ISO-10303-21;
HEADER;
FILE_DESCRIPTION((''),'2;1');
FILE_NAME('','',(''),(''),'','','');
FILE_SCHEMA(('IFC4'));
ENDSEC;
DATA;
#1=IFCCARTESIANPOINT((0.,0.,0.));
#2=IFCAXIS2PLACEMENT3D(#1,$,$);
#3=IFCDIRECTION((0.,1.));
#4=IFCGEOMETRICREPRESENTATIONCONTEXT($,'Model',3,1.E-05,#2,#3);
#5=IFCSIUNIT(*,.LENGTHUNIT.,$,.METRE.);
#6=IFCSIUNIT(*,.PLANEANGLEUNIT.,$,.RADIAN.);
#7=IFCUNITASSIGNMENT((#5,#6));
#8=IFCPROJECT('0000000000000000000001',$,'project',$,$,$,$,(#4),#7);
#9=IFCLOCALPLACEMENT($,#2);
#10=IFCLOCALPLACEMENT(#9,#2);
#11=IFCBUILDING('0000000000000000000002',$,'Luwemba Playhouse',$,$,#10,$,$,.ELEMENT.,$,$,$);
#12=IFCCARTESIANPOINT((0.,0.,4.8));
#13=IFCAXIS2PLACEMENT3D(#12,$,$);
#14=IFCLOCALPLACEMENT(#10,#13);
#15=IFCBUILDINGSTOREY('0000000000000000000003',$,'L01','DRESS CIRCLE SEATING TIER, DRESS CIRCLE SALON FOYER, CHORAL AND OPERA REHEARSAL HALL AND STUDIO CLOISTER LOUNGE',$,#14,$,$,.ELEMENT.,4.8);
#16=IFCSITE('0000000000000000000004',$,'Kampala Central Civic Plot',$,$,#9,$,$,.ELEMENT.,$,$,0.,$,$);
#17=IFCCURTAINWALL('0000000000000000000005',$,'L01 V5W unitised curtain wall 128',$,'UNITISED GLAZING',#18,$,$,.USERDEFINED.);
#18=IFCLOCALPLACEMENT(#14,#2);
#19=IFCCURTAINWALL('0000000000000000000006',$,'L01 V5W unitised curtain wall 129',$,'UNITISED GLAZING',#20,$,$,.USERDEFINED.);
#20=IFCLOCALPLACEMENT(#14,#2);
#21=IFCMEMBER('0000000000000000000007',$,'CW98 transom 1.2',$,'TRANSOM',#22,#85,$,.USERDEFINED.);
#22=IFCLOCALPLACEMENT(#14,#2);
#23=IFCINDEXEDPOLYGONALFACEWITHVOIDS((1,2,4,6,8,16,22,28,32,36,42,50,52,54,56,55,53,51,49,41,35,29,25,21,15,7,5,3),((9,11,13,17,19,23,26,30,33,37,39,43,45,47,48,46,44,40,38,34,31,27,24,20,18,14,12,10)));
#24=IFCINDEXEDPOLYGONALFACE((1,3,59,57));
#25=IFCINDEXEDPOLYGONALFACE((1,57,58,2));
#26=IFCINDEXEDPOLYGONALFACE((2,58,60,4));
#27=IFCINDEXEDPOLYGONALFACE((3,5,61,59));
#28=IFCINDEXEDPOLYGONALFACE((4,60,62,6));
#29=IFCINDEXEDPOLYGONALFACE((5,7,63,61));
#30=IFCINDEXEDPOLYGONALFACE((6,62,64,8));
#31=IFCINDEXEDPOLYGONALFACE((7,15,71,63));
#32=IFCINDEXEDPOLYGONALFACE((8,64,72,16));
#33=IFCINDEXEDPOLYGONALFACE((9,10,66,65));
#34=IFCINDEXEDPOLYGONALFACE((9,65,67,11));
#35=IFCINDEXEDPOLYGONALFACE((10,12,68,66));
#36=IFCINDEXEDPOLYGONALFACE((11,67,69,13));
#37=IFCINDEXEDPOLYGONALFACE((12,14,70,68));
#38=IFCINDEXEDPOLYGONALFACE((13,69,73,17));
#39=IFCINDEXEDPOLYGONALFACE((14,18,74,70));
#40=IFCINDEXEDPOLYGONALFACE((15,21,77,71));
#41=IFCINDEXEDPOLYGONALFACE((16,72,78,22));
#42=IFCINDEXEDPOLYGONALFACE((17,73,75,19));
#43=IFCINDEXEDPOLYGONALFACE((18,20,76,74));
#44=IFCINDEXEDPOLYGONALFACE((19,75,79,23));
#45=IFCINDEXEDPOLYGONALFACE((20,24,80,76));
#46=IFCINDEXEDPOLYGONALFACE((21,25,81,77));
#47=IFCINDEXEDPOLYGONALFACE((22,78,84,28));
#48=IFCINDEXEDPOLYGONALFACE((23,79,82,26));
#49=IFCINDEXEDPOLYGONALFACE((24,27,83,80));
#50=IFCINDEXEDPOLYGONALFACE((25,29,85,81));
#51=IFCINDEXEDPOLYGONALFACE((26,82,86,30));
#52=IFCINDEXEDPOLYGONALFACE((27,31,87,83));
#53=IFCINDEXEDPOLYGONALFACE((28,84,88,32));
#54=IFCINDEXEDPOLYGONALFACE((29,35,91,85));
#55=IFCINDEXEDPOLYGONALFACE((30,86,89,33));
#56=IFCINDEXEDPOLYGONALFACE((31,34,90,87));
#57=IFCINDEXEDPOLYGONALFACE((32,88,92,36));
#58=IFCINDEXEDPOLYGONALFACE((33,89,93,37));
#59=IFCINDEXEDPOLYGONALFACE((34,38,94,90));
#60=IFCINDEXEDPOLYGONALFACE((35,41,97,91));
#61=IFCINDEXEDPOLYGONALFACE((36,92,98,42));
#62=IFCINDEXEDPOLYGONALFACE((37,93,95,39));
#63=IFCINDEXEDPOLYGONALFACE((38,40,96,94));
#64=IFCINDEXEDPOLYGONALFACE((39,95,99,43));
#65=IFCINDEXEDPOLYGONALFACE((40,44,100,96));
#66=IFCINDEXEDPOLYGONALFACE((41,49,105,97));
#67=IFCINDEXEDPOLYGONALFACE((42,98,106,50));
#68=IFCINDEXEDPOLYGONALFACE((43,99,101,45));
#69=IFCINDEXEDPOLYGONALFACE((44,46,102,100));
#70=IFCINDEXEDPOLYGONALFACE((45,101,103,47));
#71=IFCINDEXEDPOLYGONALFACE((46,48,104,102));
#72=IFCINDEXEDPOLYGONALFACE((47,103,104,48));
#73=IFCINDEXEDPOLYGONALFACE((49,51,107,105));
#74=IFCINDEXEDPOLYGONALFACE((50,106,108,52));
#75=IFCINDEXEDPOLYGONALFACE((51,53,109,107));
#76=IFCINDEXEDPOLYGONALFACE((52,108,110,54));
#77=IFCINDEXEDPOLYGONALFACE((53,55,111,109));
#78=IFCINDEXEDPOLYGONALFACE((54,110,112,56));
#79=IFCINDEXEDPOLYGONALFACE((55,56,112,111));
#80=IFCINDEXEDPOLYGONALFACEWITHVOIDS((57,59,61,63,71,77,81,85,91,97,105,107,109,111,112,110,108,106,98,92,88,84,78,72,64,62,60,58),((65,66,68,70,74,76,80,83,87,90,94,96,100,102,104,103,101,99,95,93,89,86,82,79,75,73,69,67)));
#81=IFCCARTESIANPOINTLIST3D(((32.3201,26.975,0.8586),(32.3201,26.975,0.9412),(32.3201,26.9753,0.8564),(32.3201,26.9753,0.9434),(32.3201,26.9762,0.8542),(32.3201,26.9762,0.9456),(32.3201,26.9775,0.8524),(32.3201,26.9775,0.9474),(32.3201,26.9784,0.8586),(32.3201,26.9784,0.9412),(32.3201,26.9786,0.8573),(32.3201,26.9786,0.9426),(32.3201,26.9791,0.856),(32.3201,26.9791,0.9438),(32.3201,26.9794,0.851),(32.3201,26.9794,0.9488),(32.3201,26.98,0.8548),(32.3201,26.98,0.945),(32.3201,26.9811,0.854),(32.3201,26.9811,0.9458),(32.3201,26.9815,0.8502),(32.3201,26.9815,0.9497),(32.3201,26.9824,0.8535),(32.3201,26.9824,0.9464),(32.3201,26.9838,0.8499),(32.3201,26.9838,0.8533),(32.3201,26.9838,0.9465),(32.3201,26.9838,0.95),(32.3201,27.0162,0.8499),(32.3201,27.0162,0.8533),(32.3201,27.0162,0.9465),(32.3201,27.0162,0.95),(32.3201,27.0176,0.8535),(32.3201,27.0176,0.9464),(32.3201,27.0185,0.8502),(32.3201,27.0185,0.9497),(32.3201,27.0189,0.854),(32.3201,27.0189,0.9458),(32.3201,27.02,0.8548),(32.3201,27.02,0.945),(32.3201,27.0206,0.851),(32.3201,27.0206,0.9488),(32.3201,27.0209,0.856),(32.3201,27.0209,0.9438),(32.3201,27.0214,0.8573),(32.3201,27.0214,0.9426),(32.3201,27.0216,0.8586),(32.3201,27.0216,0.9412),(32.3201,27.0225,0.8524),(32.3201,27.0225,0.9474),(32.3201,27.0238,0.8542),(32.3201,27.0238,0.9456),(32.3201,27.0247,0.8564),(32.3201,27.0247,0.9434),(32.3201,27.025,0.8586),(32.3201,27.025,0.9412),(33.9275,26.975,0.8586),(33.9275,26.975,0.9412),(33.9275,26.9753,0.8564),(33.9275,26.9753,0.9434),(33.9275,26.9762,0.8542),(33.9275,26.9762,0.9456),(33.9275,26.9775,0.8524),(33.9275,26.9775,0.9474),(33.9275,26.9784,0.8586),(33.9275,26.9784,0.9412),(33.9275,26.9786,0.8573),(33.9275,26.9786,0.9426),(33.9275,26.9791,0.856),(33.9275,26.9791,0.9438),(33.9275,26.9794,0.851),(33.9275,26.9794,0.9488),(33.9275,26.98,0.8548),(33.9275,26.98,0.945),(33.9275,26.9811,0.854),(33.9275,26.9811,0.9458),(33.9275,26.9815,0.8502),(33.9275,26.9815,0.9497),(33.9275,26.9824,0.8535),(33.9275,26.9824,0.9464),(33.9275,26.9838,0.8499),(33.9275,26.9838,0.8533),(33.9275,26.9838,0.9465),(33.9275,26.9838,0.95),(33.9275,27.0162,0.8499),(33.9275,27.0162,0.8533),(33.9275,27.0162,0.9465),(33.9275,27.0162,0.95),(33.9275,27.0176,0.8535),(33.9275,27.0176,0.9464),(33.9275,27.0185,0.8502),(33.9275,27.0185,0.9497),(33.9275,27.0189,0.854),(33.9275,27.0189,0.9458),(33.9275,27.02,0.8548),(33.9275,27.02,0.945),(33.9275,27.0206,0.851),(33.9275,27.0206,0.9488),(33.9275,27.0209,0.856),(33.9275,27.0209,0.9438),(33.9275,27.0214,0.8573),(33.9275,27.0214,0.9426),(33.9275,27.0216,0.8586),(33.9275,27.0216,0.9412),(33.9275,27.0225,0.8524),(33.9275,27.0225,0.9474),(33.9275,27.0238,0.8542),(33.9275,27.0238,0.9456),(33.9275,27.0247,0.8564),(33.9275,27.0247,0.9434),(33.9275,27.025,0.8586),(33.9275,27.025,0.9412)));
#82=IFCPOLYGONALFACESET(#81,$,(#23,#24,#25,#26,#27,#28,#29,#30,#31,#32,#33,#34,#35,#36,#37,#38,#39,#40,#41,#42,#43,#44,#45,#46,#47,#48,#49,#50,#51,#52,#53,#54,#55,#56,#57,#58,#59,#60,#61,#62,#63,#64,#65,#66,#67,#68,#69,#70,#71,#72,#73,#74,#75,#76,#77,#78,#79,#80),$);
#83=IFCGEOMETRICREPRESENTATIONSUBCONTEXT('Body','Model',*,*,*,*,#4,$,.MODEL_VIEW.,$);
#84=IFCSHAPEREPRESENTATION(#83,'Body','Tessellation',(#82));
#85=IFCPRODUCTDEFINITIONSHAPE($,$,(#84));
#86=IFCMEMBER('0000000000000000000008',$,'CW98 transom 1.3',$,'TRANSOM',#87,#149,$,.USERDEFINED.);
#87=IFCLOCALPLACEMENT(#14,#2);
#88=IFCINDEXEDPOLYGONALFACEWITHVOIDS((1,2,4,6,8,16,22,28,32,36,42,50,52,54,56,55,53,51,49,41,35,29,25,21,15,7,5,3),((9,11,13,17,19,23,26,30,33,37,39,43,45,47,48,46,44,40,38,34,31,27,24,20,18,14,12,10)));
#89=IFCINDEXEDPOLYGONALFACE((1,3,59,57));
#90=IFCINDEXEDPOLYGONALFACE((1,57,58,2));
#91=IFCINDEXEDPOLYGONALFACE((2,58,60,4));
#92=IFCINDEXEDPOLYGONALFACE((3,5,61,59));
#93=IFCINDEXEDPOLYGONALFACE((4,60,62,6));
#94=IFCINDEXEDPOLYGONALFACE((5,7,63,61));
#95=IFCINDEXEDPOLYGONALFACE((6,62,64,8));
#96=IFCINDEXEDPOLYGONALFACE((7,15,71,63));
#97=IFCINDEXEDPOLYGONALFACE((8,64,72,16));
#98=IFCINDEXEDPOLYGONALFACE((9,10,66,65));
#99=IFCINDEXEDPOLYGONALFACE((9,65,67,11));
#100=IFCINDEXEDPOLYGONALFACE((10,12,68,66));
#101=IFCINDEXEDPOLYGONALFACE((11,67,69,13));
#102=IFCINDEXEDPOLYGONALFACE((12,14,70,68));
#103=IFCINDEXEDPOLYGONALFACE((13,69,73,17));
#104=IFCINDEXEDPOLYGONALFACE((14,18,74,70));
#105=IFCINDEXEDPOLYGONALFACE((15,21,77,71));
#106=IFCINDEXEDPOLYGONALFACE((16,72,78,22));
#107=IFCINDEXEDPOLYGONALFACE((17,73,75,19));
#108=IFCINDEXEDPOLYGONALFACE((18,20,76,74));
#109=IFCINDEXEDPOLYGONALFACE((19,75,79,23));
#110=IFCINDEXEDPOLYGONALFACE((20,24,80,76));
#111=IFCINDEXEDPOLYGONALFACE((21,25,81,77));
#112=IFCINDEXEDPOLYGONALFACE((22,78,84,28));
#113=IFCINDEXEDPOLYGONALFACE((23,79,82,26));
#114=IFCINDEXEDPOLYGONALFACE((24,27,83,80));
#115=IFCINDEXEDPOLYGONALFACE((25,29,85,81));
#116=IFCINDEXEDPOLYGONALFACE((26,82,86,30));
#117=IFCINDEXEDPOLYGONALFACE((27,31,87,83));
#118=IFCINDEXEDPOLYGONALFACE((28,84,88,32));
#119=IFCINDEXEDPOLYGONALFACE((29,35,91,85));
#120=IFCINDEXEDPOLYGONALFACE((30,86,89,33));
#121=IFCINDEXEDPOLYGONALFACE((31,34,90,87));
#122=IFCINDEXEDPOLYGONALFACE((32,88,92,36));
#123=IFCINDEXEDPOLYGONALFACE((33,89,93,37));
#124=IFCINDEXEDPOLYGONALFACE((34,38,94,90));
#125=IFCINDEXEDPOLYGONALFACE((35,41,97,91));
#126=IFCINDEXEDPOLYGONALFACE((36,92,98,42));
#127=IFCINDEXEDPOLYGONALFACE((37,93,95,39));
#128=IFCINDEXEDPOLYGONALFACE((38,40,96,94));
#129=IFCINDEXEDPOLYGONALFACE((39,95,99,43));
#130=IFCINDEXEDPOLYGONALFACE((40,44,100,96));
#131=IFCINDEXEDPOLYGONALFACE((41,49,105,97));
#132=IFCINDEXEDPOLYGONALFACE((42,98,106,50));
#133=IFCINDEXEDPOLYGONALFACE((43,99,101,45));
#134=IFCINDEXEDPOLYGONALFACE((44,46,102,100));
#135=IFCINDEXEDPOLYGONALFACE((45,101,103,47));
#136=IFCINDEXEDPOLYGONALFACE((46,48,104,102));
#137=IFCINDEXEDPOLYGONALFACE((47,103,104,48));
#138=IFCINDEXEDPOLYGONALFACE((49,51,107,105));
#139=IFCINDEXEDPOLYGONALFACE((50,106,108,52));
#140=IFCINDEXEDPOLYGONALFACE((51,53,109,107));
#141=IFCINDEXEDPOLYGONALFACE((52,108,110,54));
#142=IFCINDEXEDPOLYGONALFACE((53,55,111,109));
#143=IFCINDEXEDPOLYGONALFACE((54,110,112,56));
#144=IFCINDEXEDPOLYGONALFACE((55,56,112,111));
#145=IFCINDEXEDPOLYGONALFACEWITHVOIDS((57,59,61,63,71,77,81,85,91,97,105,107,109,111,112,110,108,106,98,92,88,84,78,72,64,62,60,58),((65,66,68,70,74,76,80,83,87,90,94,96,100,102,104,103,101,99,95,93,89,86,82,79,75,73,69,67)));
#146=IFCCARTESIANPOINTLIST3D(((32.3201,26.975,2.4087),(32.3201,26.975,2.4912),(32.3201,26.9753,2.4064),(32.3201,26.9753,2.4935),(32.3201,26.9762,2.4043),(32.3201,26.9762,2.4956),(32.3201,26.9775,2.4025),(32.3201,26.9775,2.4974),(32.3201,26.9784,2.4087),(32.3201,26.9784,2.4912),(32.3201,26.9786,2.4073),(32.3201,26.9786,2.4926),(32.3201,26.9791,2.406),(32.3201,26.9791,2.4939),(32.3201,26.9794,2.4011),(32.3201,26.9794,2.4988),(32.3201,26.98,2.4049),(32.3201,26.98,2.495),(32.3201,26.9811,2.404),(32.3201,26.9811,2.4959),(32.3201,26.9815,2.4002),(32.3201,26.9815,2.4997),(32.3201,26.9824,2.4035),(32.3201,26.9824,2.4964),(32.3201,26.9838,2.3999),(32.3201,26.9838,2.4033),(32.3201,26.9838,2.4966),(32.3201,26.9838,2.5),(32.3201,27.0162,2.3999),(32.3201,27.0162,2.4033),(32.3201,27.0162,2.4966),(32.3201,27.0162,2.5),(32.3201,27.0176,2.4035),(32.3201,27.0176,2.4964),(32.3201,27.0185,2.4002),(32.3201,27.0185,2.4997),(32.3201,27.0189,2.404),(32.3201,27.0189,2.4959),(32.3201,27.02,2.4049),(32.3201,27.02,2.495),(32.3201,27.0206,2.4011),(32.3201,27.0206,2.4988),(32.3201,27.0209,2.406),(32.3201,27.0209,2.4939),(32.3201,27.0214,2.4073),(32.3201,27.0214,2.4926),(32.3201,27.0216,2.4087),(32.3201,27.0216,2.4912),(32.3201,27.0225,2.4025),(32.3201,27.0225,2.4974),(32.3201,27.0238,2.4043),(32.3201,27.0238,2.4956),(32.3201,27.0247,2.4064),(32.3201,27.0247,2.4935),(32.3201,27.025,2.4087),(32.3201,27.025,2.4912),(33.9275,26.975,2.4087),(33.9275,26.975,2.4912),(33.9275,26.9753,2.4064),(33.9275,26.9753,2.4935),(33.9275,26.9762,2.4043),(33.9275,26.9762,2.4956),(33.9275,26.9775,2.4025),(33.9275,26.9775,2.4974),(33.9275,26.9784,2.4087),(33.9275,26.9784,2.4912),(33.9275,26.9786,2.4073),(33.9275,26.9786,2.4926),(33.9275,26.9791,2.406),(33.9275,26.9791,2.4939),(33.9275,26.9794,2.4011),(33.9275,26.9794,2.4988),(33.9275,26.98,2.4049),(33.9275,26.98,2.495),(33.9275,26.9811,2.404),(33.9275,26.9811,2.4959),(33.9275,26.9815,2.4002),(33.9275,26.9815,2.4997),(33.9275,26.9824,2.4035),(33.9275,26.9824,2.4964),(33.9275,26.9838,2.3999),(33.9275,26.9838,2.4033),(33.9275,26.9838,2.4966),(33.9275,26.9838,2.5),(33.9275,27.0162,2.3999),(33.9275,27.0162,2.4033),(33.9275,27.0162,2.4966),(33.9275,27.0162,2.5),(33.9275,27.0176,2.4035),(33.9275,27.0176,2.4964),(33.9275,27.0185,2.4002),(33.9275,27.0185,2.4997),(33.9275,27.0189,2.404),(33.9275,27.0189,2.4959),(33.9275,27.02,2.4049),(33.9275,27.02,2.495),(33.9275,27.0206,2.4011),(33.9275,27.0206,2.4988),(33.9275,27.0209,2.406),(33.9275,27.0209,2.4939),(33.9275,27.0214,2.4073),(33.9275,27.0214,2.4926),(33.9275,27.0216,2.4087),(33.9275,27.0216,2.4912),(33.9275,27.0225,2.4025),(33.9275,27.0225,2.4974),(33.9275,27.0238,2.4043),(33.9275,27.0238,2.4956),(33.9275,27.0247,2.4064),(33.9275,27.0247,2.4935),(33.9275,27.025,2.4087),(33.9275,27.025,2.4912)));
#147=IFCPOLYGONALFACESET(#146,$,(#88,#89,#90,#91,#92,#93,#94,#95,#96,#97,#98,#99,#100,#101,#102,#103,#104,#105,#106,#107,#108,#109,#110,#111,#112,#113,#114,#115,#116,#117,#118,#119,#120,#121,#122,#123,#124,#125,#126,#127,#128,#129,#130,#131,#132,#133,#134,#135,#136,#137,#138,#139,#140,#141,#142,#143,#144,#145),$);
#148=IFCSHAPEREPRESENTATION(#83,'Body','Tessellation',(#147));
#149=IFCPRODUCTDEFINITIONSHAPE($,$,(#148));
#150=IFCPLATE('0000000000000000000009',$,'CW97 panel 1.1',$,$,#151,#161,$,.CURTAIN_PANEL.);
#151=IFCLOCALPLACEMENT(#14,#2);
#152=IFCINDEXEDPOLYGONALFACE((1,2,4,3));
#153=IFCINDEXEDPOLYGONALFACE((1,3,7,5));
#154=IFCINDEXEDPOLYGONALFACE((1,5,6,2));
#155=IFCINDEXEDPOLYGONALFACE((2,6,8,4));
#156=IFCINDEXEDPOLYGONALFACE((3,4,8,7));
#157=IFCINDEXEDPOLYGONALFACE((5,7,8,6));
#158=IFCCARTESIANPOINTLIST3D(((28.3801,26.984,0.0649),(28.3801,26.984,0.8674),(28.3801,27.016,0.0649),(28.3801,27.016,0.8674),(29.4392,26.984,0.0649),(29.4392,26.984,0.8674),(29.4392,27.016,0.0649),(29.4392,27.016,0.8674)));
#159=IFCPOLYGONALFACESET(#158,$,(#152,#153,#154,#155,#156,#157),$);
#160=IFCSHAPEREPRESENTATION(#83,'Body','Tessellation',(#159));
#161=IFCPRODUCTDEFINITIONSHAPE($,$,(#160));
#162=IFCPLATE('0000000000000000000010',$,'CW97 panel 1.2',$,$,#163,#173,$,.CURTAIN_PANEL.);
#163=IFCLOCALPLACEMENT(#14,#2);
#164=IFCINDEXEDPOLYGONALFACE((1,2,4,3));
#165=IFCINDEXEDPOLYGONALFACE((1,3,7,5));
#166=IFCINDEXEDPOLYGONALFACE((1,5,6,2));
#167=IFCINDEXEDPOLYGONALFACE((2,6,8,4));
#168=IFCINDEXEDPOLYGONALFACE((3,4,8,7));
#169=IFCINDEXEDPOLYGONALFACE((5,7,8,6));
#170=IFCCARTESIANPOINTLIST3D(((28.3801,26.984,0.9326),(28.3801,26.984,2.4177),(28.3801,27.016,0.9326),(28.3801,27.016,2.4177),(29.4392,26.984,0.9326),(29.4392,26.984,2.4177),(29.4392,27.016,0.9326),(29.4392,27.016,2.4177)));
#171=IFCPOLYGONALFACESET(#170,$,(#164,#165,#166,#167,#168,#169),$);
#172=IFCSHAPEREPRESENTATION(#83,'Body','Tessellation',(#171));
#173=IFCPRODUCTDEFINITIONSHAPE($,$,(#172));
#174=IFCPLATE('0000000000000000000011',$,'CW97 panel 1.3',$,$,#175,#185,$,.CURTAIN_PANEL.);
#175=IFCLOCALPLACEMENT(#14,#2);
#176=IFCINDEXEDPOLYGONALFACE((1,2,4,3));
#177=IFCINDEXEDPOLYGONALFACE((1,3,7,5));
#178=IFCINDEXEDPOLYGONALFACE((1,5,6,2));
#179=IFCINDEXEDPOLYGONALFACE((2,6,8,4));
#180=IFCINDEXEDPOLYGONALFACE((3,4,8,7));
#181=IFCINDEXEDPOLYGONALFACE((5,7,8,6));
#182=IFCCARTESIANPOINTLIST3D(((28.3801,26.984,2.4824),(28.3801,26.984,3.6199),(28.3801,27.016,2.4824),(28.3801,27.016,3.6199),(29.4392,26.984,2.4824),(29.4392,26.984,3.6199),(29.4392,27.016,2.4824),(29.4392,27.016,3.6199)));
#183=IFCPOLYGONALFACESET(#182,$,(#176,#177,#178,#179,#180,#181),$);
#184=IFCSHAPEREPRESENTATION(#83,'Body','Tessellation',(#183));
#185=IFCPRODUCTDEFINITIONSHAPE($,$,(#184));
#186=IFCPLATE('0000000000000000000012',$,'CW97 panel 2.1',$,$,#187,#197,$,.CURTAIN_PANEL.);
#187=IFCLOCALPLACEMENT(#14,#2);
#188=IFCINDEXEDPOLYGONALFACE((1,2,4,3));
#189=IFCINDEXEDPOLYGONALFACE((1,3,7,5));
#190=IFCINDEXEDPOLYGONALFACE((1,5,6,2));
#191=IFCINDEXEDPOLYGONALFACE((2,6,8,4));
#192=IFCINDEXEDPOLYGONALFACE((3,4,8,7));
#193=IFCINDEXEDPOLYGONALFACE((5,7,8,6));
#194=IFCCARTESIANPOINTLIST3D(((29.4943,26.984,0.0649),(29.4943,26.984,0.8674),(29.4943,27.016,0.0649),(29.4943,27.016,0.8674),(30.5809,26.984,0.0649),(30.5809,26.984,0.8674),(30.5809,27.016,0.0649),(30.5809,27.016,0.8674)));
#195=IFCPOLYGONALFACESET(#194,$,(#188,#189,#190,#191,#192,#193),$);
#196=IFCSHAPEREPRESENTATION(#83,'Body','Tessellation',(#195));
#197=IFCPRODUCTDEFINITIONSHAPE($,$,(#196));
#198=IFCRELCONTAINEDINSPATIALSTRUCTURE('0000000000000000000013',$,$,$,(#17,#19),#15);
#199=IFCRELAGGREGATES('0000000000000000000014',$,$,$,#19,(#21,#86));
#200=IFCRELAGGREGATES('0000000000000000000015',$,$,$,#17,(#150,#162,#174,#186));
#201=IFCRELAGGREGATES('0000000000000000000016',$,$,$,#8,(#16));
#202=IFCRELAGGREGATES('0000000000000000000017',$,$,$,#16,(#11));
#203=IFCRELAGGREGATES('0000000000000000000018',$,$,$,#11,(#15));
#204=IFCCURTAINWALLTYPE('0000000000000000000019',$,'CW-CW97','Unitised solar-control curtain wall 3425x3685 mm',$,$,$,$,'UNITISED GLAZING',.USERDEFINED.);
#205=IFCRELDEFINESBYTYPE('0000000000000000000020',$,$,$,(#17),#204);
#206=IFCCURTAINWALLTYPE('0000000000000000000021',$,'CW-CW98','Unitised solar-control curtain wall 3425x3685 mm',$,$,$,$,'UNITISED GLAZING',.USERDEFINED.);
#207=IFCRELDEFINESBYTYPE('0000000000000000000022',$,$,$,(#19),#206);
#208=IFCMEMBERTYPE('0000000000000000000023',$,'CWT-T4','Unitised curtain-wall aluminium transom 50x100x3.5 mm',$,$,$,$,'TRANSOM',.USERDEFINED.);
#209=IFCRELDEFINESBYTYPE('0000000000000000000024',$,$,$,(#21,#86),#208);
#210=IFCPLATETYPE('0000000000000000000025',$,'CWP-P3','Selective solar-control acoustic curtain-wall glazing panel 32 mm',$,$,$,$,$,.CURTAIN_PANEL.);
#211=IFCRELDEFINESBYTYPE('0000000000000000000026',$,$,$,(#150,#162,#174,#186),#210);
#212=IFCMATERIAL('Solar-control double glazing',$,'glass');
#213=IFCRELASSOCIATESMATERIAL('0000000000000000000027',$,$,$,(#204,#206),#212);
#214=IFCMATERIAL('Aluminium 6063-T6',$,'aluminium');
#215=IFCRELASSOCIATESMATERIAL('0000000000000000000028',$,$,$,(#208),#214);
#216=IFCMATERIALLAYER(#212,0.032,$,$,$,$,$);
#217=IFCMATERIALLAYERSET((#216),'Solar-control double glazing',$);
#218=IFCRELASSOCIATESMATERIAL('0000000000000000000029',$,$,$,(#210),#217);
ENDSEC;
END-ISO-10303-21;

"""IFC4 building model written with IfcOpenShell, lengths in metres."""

from ifc_helpers import new_model, si_unit, direction, frame, origin, origin_2d, place, context, subcontext, project, spatial, rectangle, hollow_rectangle, extrude, material, layer, layer_set, material_profile, profile_set, type_object, element, aggregate, save


model = new_model("IFC4")

# Units and contexts
model_context = context("Model", 3, precision=1e-05, world=origin(), true_north=direction((0.0, 1.0)))
body_context = subcontext(model_context, "Body", "Model", "MODEL_VIEW")
ifc_project = project(units=[si_unit("LENGTHUNIT", "METRE"), si_unit("PLANEANGLEUNIT", "RADIAN")], contexts=[model_context])

# Site, building, storey
site_placement = place(None, origin())
site = spatial("IfcSite", under=ifc_project, at=site_placement, Name="Kampala Central Civic Plot", CompositionType="ELEMENT", RefElevation=0.0)
building_placement = place(site_placement, origin())
building = spatial("IfcBuilding", under=site, at=building_placement, Name="Luwemba Playhouse", CompositionType="ELEMENT")
storey_placement = place(building_placement, frame((0.0, 0.0, 4.8)))
storey = spatial("IfcBuildingStorey", under=building, at=storey_placement, Name="L01", Description="DRESS CIRCLE SEATING TIER, DRESS CIRCLE SALON FOYER, CHORAL AND OPERA REHEARSAL HALL AND STUDIO CLOISTER LOUNGE", CompositionType="ELEMENT", Elevation=4.8)

# Curtain wall
ifc_material_1 = material(Name="Solar-control double glazing", Category="glass")
curtain_wall_type_1 = type_object("IfcCurtainWallType", Name="CW-CW97", Description="Unitised solar-control curtain wall 3425x3685 mm", ElementType="UNITISED GLAZING", PredefinedType="USERDEFINED", material=ifc_material_1)
curtain_wall_1_placement = place(storey_placement, origin())
curtain_wall_1 = element("IfcCurtainWall", 1, at=curtain_wall_1_placement, inside=storey, type_object=curtain_wall_type_1, Name="L01 V5W unitised curtain wall 128", ObjectType="UNITISED GLAZING", PredefinedType="USERDEFINED")
ifc_material_2 = material(Name="Aluminium 6063-T6", Category="aluminium")

# Curtain wall
curtain_wall_type_2 = type_object("IfcCurtainWallType", Name="CW-CW98", Description="Unitised solar-control curtain wall 3425x3685 mm", ElementType="UNITISED GLAZING", PredefinedType="USERDEFINED", material=ifc_material_1)
curtain_wall_2_placement = place(storey_placement, origin())
curtain_wall_2 = element("IfcCurtainWall", 2, at=curtain_wall_2_placement, inside=storey, type_object=curtain_wall_type_2, Name="L01 V5W unitised curtain wall 129", ObjectType="UNITISED GLAZING", PredefinedType="USERDEFINED")

# Members
ifc_material_profile_1 = material_profile(ifc_material_2, hollow_rectangle(XDim=0.05, YDim=0.1001, WallThickness=0.0034, InnerFilletRadius=0.0054, OuterFilletRadius=0.0088, at=origin_2d()))
ifc_profile_set_1 = profile_set([ifc_material_profile_1], Name="Aluminium 6063-T6")
member_type_1 = type_object("IfcMemberType", Name="CWT-T4", Description="Unitised curtain-wall aluminium transom 50x100x3.5 mm", ElementType="TRANSOM", PredefinedType="USERDEFINED", material=ifc_profile_set_1)
member_1_placement = place(storey_placement, frame((32.3201, 27.0, 0.8999), z_axis=(1.0, 0.0, 0.0), x_axis=(0.0, 1.0, 0.0)))
member_1 = element("IfcMember", 3, at=member_1_placement, type_object=member_type_1, Name="CW98 transom 1.2", ObjectType="TRANSOM", PredefinedType="USERDEFINED", context=body_context, shape_type="SweptSolid", body=[
    extrude(hollow_rectangle(XDim=0.05, YDim=0.1001, WallThickness=0.0034, InnerFilletRadius=0.0054, OuterFilletRadius=0.0088, at=origin_2d()), origin(), (0.0, 0.0, 1.0), 1.6074),
])
member_2_placement = place(storey_placement, frame((32.3201, 27.0, 2.45), z_axis=(1.0, 0.0, 0.0), x_axis=(0.0, 1.0, 0.0)))
member_2 = element("IfcMember", 4, at=member_2_placement, type_object=member_type_1, Name="CW98 transom 1.3", ObjectType="TRANSOM", PredefinedType="USERDEFINED", context=body_context, shape_type="SweptSolid", body=[
    extrude(hollow_rectangle(XDim=0.05, YDim=0.1001, WallThickness=0.0034, InnerFilletRadius=0.0054, OuterFilletRadius=0.0088, at=origin_2d()), origin(), (0.0, 0.0, 1.0), 1.6074),
])
aggregate(curtain_wall_2, [member_1, member_2])

# Plates
ifc_layer = layer(ifc_material_1, 0.032)
ifc_layer_set = layer_set([ifc_layer], Name="Solar-control double glazing")
plate_type = type_object("IfcPlateType", Name="CWP-P3", Description="Selective solar-control acoustic curtain-wall glazing panel 32 mm", PredefinedType="CURTAIN_PANEL", material=ifc_layer_set)
plate_1_placement = place(storey_placement, frame((28.9097, 27.0, 0.0649), z_axis=(0.0, 0.0, 1.0), x_axis=(1.0, 0.0, 0.0)))
plate_1 = element("IfcPlate", 5, at=plate_1_placement, type_object=plate_type, Name="CW97 panel 1.1", PredefinedType="CURTAIN_PANEL", context=body_context, shape_type="SweptSolid", body=[
    extrude(rectangle(XDim=1.0591, YDim=0.032, at=origin_2d()), origin(), (0.0, 0.0, 1.0), 0.8025),
])
plate_2_placement = place(storey_placement, frame((28.9097, 27.0, 0.9326), z_axis=(0.0, 0.0, 1.0), x_axis=(1.0, 0.0, 0.0)))
plate_2 = element("IfcPlate", 6, at=plate_2_placement, type_object=plate_type, Name="CW97 panel 1.2", PredefinedType="CURTAIN_PANEL", context=body_context, shape_type="SweptSolid", body=[
    extrude(rectangle(XDim=1.0591, YDim=0.032, at=origin_2d()), origin(), (0.0, 0.0, 1.0), 1.4851),
])
plate_3_placement = place(storey_placement, frame((28.9097, 27.0, 2.4824), z_axis=(0.0, 0.0, 1.0), x_axis=(1.0, 0.0, 0.0)))
plate_3 = element("IfcPlate", 7, at=plate_3_placement, type_object=plate_type, Name="CW97 panel 1.3", PredefinedType="CURTAIN_PANEL", context=body_context, shape_type="SweptSolid", body=[
    extrude(rectangle(XDim=1.0591, YDim=0.032, at=origin_2d()), origin(), (0.0, 0.0, 1.0), 1.1375),
])
plate_4_placement = place(storey_placement, frame((30.0376, 27.0, 0.0649), z_axis=(0.0, 0.0, 1.0), x_axis=(1.0, 0.0, 0.0)))
plate_4 = element("IfcPlate", 8, at=plate_4_placement, type_object=plate_type, Name="CW97 panel 2.1", PredefinedType="CURTAIN_PANEL", context=body_context, shape_type="SweptSolid", body=[
    extrude(rectangle(XDim=1.0867, YDim=0.032, at=origin_2d()), origin(), (0.0, 0.0, 1.0), 0.8025),
])
aggregate(curtain_wall_1, [plate_1, plate_2, plate_3, plate_4])

save(model, "model.ifc")
